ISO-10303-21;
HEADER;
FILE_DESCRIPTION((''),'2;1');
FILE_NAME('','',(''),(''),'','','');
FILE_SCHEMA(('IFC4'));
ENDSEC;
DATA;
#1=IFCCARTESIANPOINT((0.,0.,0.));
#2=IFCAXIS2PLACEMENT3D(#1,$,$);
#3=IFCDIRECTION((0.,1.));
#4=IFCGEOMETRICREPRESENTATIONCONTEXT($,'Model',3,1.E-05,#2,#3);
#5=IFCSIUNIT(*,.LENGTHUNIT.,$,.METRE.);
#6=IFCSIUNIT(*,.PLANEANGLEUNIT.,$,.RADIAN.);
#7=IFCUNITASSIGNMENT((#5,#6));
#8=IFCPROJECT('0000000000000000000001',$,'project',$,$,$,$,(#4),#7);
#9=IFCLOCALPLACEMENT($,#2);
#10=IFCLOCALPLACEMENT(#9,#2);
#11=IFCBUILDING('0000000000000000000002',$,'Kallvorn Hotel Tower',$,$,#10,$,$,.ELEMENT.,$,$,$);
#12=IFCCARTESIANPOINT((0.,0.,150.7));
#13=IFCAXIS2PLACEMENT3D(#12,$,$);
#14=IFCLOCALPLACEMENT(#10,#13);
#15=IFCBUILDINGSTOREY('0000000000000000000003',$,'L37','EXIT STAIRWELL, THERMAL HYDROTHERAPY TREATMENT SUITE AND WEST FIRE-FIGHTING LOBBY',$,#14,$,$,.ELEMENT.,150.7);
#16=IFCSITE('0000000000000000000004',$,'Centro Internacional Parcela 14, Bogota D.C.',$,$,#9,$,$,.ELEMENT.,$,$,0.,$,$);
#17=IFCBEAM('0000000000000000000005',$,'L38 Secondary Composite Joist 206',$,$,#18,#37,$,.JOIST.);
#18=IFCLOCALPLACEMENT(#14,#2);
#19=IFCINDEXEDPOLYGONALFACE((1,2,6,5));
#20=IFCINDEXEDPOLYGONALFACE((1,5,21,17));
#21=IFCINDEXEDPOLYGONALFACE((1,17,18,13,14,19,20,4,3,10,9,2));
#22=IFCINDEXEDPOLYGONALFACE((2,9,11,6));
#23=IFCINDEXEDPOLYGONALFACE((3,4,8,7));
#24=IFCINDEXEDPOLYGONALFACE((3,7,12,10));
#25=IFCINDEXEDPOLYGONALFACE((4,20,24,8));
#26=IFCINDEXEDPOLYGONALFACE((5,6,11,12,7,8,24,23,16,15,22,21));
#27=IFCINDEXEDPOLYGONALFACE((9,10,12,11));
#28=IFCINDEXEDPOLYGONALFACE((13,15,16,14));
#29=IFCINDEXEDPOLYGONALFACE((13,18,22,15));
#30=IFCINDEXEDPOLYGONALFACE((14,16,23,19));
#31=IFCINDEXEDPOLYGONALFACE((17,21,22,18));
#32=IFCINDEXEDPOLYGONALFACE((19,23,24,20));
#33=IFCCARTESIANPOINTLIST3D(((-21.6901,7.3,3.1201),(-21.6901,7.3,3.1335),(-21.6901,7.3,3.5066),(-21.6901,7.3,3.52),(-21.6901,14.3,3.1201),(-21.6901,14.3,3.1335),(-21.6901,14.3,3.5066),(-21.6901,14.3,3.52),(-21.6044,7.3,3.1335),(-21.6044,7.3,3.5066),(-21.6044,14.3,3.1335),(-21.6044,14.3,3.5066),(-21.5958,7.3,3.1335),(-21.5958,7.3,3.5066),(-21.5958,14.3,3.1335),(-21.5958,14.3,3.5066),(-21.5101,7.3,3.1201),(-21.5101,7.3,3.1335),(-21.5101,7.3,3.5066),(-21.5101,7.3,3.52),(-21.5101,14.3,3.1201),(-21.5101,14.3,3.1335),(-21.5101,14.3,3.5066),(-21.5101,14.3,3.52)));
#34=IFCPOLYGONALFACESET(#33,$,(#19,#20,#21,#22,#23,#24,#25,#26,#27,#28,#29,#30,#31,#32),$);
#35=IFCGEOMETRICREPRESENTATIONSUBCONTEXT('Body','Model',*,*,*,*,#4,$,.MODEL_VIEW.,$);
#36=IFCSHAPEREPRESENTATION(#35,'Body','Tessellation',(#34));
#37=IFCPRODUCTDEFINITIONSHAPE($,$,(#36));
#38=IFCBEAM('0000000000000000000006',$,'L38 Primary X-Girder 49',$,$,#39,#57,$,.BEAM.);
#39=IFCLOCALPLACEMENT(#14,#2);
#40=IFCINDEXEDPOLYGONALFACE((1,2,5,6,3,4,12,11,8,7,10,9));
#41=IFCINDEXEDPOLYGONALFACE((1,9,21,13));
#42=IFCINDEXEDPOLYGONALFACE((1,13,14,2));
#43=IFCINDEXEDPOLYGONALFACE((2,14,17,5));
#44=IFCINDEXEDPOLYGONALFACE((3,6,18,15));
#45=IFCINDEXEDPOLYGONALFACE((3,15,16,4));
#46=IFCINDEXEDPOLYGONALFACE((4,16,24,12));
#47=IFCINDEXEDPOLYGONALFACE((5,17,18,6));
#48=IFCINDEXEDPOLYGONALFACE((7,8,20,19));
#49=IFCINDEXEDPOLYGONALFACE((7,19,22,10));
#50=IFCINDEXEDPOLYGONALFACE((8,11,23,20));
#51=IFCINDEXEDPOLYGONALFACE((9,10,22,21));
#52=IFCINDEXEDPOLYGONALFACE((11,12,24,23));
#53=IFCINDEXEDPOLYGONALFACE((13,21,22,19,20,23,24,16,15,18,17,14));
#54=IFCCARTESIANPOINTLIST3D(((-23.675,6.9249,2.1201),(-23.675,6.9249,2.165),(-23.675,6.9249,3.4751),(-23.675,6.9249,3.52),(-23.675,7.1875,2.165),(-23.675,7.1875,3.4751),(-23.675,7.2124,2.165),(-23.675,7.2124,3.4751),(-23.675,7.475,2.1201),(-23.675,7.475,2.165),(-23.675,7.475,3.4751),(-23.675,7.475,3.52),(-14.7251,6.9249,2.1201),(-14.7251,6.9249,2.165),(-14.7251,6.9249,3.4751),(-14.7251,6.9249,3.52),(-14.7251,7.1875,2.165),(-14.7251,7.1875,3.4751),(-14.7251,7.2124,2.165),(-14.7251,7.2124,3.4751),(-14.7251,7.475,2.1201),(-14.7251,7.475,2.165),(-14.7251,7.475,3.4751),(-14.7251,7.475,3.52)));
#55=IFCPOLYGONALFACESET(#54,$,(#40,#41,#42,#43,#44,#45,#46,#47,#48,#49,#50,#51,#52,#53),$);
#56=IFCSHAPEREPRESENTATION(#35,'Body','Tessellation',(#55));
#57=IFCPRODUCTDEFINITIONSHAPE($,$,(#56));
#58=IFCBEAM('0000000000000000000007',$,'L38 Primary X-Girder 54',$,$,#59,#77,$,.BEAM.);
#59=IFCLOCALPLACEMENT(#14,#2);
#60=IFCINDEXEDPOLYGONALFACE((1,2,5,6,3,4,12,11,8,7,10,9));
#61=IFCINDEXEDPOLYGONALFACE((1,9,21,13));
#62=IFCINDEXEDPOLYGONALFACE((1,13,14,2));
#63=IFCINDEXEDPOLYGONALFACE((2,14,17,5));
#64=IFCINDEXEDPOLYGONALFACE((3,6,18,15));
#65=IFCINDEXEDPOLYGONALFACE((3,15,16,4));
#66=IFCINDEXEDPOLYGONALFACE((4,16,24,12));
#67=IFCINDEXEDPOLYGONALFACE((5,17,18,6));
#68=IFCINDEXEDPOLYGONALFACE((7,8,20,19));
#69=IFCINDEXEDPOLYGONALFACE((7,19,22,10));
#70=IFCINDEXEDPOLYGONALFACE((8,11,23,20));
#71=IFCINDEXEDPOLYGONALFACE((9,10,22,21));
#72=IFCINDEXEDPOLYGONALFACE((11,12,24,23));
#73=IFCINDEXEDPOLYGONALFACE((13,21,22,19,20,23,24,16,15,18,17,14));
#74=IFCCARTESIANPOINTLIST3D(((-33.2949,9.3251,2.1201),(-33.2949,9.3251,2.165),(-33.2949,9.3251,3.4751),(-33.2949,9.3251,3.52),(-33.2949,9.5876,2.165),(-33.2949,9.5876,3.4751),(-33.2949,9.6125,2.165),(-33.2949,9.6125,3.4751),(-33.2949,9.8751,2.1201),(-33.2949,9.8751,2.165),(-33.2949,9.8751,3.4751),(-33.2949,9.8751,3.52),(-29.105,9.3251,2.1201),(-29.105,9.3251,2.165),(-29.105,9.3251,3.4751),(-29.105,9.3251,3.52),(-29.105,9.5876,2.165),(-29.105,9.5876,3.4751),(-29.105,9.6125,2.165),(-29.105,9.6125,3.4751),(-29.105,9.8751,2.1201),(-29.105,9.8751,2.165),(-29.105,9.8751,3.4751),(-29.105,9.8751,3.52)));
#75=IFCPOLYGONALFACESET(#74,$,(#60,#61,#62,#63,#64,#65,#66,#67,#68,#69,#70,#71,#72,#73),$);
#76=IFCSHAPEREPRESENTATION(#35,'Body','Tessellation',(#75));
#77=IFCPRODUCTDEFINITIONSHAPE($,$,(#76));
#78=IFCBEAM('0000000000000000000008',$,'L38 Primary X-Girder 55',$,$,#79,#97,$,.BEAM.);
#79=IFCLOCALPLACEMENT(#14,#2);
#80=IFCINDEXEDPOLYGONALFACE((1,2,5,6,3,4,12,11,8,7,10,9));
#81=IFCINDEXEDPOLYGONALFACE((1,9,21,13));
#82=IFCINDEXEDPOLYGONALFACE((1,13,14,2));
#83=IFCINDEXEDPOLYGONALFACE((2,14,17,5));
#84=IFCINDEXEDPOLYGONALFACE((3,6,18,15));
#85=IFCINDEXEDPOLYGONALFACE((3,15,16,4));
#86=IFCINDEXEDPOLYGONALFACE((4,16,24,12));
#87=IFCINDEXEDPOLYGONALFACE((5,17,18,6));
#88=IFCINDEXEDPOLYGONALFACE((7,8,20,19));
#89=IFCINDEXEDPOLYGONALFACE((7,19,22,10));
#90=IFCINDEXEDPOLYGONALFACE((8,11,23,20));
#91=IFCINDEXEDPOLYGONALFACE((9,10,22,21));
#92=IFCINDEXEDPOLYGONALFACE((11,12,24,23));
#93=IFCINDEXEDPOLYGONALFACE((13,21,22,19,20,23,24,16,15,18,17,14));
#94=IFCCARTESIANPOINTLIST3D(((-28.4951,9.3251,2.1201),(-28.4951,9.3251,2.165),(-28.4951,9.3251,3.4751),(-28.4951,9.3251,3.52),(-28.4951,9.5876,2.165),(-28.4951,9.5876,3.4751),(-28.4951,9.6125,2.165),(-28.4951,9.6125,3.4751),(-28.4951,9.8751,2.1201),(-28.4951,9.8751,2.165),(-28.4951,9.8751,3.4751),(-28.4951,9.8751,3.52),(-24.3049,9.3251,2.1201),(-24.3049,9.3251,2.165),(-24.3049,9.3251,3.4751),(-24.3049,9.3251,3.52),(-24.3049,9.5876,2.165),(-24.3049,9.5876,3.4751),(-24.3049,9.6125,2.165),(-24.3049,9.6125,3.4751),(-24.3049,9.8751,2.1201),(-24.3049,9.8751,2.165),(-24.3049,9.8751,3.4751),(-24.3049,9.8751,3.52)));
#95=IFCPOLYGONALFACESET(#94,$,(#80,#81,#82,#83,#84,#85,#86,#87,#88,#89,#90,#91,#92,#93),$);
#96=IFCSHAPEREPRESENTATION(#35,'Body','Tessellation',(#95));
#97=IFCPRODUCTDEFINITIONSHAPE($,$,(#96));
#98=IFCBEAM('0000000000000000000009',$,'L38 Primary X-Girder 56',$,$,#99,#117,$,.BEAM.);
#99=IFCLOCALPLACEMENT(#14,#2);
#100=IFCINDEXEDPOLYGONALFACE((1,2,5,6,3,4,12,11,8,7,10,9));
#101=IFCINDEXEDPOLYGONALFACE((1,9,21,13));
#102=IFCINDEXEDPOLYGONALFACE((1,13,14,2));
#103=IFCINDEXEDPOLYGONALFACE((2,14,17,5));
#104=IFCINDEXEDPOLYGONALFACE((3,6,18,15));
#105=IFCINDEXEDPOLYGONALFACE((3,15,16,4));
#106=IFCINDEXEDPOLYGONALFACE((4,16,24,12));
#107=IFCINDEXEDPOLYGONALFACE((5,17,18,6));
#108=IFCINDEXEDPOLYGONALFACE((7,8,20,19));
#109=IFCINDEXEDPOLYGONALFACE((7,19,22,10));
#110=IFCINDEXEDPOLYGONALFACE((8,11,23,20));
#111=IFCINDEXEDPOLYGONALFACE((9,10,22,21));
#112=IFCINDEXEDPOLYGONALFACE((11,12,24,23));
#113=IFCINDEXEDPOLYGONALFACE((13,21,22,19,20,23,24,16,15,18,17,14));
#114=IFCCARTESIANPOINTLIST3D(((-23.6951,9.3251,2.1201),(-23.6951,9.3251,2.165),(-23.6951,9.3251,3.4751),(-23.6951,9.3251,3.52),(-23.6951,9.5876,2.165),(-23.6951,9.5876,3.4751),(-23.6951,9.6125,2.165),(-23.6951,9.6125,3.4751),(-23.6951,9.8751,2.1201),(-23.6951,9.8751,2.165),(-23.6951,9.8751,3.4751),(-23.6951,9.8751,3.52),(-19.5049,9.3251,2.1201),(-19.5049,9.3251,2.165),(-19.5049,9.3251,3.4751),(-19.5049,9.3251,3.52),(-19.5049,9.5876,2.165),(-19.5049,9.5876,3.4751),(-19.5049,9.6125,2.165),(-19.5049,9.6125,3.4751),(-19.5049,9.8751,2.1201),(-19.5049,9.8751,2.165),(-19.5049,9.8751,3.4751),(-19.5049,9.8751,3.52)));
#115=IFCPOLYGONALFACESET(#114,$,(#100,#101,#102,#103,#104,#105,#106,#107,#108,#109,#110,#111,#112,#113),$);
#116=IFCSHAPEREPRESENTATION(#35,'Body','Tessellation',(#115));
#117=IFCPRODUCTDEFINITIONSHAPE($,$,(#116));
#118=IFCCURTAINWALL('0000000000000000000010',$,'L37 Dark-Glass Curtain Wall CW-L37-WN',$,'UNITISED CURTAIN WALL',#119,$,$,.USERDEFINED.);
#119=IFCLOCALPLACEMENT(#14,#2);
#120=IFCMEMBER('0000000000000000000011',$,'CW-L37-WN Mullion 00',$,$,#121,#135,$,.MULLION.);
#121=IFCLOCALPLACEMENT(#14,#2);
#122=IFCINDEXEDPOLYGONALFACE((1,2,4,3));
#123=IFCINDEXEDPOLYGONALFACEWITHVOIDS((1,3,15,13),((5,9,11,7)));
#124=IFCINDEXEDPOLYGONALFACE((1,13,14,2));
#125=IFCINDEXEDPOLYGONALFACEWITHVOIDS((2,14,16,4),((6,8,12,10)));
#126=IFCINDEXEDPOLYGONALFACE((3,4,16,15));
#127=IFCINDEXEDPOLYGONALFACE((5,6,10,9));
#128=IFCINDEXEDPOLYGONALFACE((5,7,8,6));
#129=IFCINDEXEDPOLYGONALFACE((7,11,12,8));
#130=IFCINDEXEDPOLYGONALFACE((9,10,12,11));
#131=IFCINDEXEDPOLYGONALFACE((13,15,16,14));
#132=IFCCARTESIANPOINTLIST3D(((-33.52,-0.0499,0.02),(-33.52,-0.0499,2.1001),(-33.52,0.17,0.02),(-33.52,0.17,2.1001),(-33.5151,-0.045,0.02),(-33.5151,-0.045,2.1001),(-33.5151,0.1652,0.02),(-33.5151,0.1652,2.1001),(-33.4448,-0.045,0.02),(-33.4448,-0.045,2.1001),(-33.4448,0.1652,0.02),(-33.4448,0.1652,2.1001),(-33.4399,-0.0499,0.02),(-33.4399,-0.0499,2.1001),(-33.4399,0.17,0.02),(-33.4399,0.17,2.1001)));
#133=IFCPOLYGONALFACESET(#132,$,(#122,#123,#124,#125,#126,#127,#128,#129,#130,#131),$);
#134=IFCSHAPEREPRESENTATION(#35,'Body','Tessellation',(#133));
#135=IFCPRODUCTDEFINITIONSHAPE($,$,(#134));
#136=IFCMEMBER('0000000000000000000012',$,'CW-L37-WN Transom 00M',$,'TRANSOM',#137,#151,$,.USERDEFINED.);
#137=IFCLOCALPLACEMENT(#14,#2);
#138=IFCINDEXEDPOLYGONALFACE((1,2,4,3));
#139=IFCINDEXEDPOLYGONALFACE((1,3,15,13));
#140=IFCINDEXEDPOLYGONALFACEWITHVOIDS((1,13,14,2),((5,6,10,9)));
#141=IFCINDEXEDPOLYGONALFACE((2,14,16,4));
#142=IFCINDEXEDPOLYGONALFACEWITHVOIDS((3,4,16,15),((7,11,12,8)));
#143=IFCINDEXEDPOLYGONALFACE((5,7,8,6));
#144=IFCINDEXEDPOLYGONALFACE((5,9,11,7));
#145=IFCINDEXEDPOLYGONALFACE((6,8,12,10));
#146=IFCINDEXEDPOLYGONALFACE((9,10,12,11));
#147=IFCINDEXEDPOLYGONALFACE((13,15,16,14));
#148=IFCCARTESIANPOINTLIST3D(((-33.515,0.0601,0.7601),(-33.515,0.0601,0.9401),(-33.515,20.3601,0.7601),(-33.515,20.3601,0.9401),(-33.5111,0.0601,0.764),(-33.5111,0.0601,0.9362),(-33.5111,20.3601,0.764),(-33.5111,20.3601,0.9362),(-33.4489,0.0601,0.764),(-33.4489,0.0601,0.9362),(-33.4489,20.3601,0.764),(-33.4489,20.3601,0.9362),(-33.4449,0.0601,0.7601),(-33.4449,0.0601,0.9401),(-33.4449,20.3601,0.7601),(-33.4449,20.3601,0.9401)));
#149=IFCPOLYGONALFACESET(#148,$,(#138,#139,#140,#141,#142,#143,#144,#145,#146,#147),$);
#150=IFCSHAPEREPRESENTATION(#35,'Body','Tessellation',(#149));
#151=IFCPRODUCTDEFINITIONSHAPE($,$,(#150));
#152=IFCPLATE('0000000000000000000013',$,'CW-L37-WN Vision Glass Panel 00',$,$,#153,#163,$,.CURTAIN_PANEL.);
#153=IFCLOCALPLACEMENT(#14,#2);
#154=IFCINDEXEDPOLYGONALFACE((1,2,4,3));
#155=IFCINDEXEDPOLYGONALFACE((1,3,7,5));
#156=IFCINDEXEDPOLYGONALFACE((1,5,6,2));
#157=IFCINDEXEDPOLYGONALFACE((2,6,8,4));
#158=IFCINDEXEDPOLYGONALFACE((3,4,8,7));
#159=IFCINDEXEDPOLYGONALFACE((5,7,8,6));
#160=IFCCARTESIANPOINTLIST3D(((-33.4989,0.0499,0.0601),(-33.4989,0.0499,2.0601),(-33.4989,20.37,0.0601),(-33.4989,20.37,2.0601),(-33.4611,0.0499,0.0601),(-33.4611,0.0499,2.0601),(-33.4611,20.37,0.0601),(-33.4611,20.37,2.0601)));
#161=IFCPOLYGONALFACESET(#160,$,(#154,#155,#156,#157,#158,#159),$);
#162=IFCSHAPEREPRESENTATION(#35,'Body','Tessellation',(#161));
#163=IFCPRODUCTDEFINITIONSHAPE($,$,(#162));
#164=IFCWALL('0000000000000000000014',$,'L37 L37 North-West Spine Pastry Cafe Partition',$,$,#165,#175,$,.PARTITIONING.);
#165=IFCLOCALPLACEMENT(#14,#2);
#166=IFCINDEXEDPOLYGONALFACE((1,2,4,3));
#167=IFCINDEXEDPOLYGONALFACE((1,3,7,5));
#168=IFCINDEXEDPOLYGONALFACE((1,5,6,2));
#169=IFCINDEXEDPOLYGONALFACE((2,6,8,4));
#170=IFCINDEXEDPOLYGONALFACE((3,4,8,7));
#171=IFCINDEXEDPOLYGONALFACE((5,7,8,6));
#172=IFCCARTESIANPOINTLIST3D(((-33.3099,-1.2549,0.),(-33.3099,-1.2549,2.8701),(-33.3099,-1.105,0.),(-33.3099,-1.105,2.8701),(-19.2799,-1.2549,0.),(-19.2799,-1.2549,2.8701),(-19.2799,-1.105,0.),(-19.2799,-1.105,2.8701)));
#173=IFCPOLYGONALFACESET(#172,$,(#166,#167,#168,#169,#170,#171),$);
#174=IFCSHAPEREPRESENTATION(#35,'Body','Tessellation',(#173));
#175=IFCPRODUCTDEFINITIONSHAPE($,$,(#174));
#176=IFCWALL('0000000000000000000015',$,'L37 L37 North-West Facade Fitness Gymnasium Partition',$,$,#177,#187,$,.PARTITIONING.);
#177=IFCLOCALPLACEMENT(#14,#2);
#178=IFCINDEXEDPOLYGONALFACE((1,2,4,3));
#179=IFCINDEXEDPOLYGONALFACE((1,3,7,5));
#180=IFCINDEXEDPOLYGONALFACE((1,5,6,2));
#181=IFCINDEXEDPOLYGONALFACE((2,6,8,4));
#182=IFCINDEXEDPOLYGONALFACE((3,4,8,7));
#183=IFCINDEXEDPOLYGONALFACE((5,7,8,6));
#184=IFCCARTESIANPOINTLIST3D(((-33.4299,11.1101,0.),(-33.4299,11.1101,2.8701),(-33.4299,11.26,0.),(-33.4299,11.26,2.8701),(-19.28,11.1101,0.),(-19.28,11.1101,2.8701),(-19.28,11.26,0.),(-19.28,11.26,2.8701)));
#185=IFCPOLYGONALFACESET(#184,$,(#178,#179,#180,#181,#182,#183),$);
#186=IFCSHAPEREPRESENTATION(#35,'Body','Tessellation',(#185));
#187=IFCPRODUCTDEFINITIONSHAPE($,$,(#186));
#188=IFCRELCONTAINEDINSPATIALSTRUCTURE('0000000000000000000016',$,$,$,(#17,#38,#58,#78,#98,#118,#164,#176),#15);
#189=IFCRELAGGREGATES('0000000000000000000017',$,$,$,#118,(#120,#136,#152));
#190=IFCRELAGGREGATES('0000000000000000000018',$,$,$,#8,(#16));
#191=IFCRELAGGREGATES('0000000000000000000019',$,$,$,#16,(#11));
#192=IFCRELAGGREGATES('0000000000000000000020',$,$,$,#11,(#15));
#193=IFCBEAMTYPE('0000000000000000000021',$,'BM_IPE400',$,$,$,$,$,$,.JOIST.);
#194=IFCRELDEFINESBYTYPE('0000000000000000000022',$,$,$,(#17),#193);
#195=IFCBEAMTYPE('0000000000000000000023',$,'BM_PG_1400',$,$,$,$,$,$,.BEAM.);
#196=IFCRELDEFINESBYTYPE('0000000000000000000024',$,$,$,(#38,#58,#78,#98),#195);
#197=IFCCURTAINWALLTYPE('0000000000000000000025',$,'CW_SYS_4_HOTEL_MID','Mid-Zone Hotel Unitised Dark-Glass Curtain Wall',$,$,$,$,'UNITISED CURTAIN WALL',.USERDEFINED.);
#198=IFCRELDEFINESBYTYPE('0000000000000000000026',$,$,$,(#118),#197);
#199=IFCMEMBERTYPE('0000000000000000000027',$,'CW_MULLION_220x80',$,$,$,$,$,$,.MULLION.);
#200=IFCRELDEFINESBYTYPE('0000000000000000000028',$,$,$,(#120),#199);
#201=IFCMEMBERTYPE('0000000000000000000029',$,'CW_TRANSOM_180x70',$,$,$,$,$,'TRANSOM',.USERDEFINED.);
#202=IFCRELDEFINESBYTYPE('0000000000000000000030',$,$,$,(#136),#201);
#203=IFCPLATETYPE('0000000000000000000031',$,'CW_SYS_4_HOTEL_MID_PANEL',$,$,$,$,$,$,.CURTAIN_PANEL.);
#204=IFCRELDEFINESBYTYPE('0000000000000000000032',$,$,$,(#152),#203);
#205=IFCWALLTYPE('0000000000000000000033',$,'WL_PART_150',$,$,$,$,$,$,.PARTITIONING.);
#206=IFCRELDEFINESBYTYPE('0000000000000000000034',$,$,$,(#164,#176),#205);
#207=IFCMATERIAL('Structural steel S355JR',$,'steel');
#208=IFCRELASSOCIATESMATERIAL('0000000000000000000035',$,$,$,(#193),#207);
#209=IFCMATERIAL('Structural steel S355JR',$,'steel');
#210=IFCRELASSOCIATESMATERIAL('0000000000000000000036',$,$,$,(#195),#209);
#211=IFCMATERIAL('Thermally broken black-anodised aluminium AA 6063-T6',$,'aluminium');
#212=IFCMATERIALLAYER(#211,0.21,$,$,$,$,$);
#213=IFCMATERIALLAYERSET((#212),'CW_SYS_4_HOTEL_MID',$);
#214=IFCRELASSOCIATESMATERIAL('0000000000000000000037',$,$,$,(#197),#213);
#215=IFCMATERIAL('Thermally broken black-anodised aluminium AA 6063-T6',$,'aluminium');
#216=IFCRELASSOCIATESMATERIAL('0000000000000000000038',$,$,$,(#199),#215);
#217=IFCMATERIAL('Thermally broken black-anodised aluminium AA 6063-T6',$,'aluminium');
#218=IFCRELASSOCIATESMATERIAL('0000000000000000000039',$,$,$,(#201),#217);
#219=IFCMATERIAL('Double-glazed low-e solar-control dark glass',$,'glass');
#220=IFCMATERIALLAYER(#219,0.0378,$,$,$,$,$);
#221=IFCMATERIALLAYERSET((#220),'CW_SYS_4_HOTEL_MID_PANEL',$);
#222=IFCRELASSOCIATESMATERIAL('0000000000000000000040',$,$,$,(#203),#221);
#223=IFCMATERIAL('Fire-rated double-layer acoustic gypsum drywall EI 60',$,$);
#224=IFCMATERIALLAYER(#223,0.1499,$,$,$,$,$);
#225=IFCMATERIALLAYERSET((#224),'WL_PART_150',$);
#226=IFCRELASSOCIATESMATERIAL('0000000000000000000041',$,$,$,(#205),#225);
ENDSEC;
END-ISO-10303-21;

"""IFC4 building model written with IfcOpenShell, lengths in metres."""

from ifc_helpers import new_model, si_unit, direction, frame, frame_2d, origin, origin_2d, place, context, subcontext, project, spatial, rectangle, hollow_rectangle, i_section, extrude, material, layer, layer_set, material_profile, profile_set, type_object, element, aggregate, save


model = new_model("IFC4")

# Units and contexts
model_context = context("Model", 3, precision=1e-05, world=origin(), true_north=direction((0.0, 1.0)))
body_context = subcontext(model_context, "Body", "Model", "MODEL_VIEW")
ifc_project = project(units=[si_unit("LENGTHUNIT", "METRE"), si_unit("PLANEANGLEUNIT", "RADIAN")], contexts=[model_context])

# Site, building, storey
site_placement = place(None, origin())
site = spatial("IfcSite", under=ifc_project, at=site_placement, Name="Centro Internacional Parcela 14, Bogota D.C.", CompositionType="ELEMENT", RefElevation=0.0)
building_placement = place(site_placement, origin())
building = spatial("IfcBuilding", under=site, at=building_placement, Name="Kallvorn Hotel Tower", CompositionType="ELEMENT")
storey_placement = place(building_placement, frame((0.0, 0.0, 150.7)))
storey = spatial("IfcBuildingStorey", under=building, at=storey_placement, Name="L37", Description="EXIT STAIRWELL, THERMAL HYDROTHERAPY TREATMENT SUITE AND WEST FIRE-FIGHTING LOBBY", CompositionType="ELEMENT", Elevation=150.7)

# Beams
ifc_material_1 = material(Name="Structural steel S355JR", Category="steel")
ifc_material_profile_1 = material_profile(ifc_material_1, i_section(OverallWidth=0.1799, OverallDepth=0.3999, WebThickness=0.0085, FlangeThickness=0.0134, at=origin_2d()), Name="IPE 400")
ifc_profile_set_1 = profile_set([ifc_material_profile_1], Name="Structural steel S355JR")
beam_type_1 = type_object("IfcBeamType", Name="BM_IPE400", PredefinedType="JOIST", material=ifc_profile_set_1)
beam_1_placement = place(storey_placement, frame((-21.6001, 7.3, 3.3201), z_axis=(0.0, 1.0, 0.0), x_axis=(-1.0, 0.0, 0.0)))
element("IfcBeam", 1, at=beam_1_placement, inside=storey, type_object=beam_type_1, Name="L38 Secondary Composite Joist 206", PredefinedType="JOIST", context=body_context, shape_type="SweptSolid", body=[
    extrude(i_section(OverallWidth=0.1799, OverallDepth=0.3999, WebThickness=0.0085, FlangeThickness=0.0134, at=origin_2d()), origin(), (0.0, 0.0, 1.0), 7.0),
])
ifc_material_2 = material(Name="Structural steel S355JR", Category="steel")
ifc_material_profile_2 = material_profile(ifc_material_2, i_section(OverallWidth=0.55, OverallDepth=1.3999, WebThickness=0.0249, FlangeThickness=0.0449, at=origin_2d()), Name="PG 1400x550x25x45")
ifc_profile_set_2 = profile_set([ifc_material_profile_2], Name="Structural steel S355JR")
beam_type_2 = type_object("IfcBeamType", Name="BM_PG_1400", PredefinedType="BEAM", material=ifc_profile_set_2)
beam_2_placement = place(storey_placement, frame((-23.675, 7.2, 2.8201), z_axis=(1.0, 0.0, 0.0), x_axis=(0.0, 1.0, 0.0)))
element("IfcBeam", 2, at=beam_2_placement, inside=storey, type_object=beam_type_2, Name="L38 Primary X-Girder 49", PredefinedType="BEAM", context=body_context, shape_type="SweptSolid", body=[
    extrude(i_section(OverallWidth=0.55, OverallDepth=1.3999, WebThickness=0.0249, FlangeThickness=0.0449, at=origin_2d()), origin(), (0.0, 0.0, 1.0), 8.95),
])
beam_3_placement = place(storey_placement, frame((-33.2949, 9.6001, 2.8201), z_axis=(1.0, 0.0, 0.0), x_axis=(0.0, 1.0, 0.0)))
element("IfcBeam", 3, at=beam_3_placement, inside=storey, type_object=beam_type_2, Name="L38 Primary X-Girder 54", PredefinedType="BEAM", context=body_context, shape_type="SweptSolid", body=[
    extrude(i_section(OverallWidth=0.55, OverallDepth=1.3999, WebThickness=0.0249, FlangeThickness=0.0449, at=origin_2d()), origin(), (0.0, 0.0, 1.0), 4.1899),
])
for number, where, z_axis, x_axis, name in (
    (4, (-28.4951, 9.6001, 2.8201), (1.0, 0.0, 0.0), (0.0, 1.0, 0.0), "L38 Primary X-Girder 55"),
    (5, (-23.6951, 9.6001, 2.8201), (1.0, 0.0, 0.0), (0.0, 1.0, 0.0), "L38 Primary X-Girder 56"),
):
    element("IfcBeam", number, at=place(storey_placement, frame(where, z_axis=z_axis, x_axis=x_axis)), inside=storey, type_object=beam_type_2, Name=name, PredefinedType="BEAM", context=body_context, shape_type="SweptSolid", body=[
        extrude(i_section(OverallWidth=0.55, OverallDepth=1.3999, WebThickness=0.0249, FlangeThickness=0.0449, at=origin_2d()), origin(), (0.0, 0.0, 1.0), 4.1902),
    ])

# Curtain wall, members, plate
ifc_material_3 = material(Name="Thermally broken black-anodised aluminium AA 6063-T6", Category="aluminium")
ifc_layer_1 = layer(ifc_material_3, 0.21)
ifc_layer_set_1 = layer_set([ifc_layer_1], Name="CW_SYS_4_HOTEL_MID")
curtain_wall_type = type_object("IfcCurtainWallType", Name="CW_SYS_4_HOTEL_MID", Description="Mid-Zone Hotel Unitised Dark-Glass Curtain Wall", ElementType="UNITISED CURTAIN WALL", PredefinedType="USERDEFINED", material=ifc_layer_set_1)
curtain_wall_placement = place(storey_placement, origin())
curtain_wall = element("IfcCurtainWall", 6, at=curtain_wall_placement, inside=storey, type_object=curtain_wall_type, Name="L37 Dark-Glass Curtain Wall CW-L37-WN", ObjectType="UNITISED CURTAIN WALL", PredefinedType="USERDEFINED")
ifc_material_4 = material(Name="Thermally broken black-anodised aluminium AA 6063-T6", Category="aluminium")
ifc_material_profile_3 = material_profile(ifc_material_4, hollow_rectangle(XDim=0.0801, YDim=0.22, WallThickness=0.0049, at=origin_2d()), Name="MUL 220x80")
ifc_profile_set_3 = profile_set([ifc_material_profile_3], Name="Thermally broken black-anodised aluminium AA 6063-T6")
member_type_1 = type_object("IfcMemberType", Name="CW_MULLION_220x80", PredefinedType="MULLION", material=ifc_profile_set_3)
member_1_placement = place(storey_placement, frame((-33.48, 0.0601, 0.02), z_axis=(0.0, 0.0, 1.0), x_axis=(1.0, 0.0, 0.0)))
member_1 = element("IfcMember", 7, at=member_1_placement, type_object=member_type_1, Name="CW-L37-WN Mullion 00", PredefinedType="MULLION", context=body_context, shape_type="SweptSolid", body=[
    extrude(hollow_rectangle(XDim=0.0801, YDim=0.22, WallThickness=0.0049, at=origin_2d()), origin(), (0.0, 0.0, 1.0), 2.0801),
])
ifc_material_5 = material(Name="Thermally broken black-anodised aluminium AA 6063-T6", Category="aluminium")
ifc_material_profile_4 = material_profile(ifc_material_5, hollow_rectangle(XDim=0.0701, YDim=0.1799, WallThickness=0.0039, at=origin_2d()), Name="TRN 180x70")
ifc_profile_set_4 = profile_set([ifc_material_profile_4], Name="Thermally broken black-anodised aluminium AA 6063-T6")
member_type_2 = type_object("IfcMemberType", Name="CW_TRANSOM_180x70", ElementType="TRANSOM", PredefinedType="USERDEFINED", material=ifc_profile_set_4)
member_2_placement = place(storey_placement, frame((-33.48, 0.0601, 0.8501), z_axis=(0.0, 1.0, 0.0), x_axis=(-1.0, 0.0, 0.0)))
member_2 = element("IfcMember", 8, at=member_2_placement, type_object=member_type_2, Name="CW-L37-WN Transom 00M", ObjectType="TRANSOM", PredefinedType="USERDEFINED", context=body_context, shape_type="SweptSolid", body=[
    extrude(hollow_rectangle(XDim=0.0701, YDim=0.1799, WallThickness=0.0039, at=origin_2d()), origin(), (0.0, 0.0, 1.0), 20.3),
])
ifc_material_6 = material(Name="Double-glazed low-e solar-control dark glass", Category="glass")
ifc_layer_2 = layer(ifc_material_6, 0.0378)
ifc_layer_set_2 = layer_set([ifc_layer_2], Name="CW_SYS_4_HOTEL_MID_PANEL")
plate_type = type_object("IfcPlateType", Name="CW_SYS_4_HOTEL_MID_PANEL", PredefinedType="CURTAIN_PANEL", material=ifc_layer_set_2)
plate_placement = place(storey_placement, frame((-33.48, 10.21, 0.0601), z_axis=(0.0, 0.0, 1.0), x_axis=(0.0, 1.0, 0.0)))
plate = element("IfcPlate", 9, at=plate_placement, type_object=plate_type, Name="CW-L37-WN Vision Glass Panel 00", PredefinedType="CURTAIN_PANEL", context=body_context, shape_type="SweptSolid", body=[
    extrude(rectangle(XDim=20.3201, YDim=0.0378, at=origin_2d()), origin(), (0.0, 0.0, 1.0), 2.0),
])
aggregate(curtain_wall, [member_1, member_2, plate])

# Walls
ifc_material_7 = material(Name="Fire-rated double-layer acoustic gypsum drywall EI 60")
ifc_layer_3 = layer(ifc_material_7, 0.1499)
ifc_layer_set_3 = layer_set([ifc_layer_3], Name="WL_PART_150")
wall_type = type_object("IfcWallType", Name="WL_PART_150", PredefinedType="PARTITIONING", material=ifc_layer_set_3)
wall_1_placement = place(storey_placement, frame((-33.3101, -1.1799, 0.0), z_axis=(0.0, 0.0, 1.0), x_axis=(1.0, 0.0, 0.0)))
element("IfcWall", 10, at=wall_1_placement, inside=storey, type_object=wall_type, Name="L37 L37 North-West Spine Pastry Cafe Partition", PredefinedType="PARTITIONING", context=body_context, shape_type="SweptSolid", body=[
    extrude(rectangle(XDim=14.03, YDim=0.1499, at=frame_2d((7.0151, 0.0))), origin(), (0.0, 0.0, 1.0), 2.8701),
])
wall_2_placement = place(storey_placement, frame((-33.4299, 11.1851, 0.0), z_axis=(0.0, 0.0, 1.0), x_axis=(1.0, 0.0, 0.0)))
element("IfcWall", 11, at=wall_2_placement, inside=storey, type_object=wall_type, Name="L37 L37 North-West Facade Fitness Gymnasium Partition", PredefinedType="PARTITIONING", context=body_context, shape_type="SweptSolid", body=[
    extrude(rectangle(XDim=14.1499, YDim=0.1499, at=frame_2d((7.075, 0.0))), origin(), (0.0, 0.0, 1.0), 2.8701),
])

save(model, "model.ifc")
